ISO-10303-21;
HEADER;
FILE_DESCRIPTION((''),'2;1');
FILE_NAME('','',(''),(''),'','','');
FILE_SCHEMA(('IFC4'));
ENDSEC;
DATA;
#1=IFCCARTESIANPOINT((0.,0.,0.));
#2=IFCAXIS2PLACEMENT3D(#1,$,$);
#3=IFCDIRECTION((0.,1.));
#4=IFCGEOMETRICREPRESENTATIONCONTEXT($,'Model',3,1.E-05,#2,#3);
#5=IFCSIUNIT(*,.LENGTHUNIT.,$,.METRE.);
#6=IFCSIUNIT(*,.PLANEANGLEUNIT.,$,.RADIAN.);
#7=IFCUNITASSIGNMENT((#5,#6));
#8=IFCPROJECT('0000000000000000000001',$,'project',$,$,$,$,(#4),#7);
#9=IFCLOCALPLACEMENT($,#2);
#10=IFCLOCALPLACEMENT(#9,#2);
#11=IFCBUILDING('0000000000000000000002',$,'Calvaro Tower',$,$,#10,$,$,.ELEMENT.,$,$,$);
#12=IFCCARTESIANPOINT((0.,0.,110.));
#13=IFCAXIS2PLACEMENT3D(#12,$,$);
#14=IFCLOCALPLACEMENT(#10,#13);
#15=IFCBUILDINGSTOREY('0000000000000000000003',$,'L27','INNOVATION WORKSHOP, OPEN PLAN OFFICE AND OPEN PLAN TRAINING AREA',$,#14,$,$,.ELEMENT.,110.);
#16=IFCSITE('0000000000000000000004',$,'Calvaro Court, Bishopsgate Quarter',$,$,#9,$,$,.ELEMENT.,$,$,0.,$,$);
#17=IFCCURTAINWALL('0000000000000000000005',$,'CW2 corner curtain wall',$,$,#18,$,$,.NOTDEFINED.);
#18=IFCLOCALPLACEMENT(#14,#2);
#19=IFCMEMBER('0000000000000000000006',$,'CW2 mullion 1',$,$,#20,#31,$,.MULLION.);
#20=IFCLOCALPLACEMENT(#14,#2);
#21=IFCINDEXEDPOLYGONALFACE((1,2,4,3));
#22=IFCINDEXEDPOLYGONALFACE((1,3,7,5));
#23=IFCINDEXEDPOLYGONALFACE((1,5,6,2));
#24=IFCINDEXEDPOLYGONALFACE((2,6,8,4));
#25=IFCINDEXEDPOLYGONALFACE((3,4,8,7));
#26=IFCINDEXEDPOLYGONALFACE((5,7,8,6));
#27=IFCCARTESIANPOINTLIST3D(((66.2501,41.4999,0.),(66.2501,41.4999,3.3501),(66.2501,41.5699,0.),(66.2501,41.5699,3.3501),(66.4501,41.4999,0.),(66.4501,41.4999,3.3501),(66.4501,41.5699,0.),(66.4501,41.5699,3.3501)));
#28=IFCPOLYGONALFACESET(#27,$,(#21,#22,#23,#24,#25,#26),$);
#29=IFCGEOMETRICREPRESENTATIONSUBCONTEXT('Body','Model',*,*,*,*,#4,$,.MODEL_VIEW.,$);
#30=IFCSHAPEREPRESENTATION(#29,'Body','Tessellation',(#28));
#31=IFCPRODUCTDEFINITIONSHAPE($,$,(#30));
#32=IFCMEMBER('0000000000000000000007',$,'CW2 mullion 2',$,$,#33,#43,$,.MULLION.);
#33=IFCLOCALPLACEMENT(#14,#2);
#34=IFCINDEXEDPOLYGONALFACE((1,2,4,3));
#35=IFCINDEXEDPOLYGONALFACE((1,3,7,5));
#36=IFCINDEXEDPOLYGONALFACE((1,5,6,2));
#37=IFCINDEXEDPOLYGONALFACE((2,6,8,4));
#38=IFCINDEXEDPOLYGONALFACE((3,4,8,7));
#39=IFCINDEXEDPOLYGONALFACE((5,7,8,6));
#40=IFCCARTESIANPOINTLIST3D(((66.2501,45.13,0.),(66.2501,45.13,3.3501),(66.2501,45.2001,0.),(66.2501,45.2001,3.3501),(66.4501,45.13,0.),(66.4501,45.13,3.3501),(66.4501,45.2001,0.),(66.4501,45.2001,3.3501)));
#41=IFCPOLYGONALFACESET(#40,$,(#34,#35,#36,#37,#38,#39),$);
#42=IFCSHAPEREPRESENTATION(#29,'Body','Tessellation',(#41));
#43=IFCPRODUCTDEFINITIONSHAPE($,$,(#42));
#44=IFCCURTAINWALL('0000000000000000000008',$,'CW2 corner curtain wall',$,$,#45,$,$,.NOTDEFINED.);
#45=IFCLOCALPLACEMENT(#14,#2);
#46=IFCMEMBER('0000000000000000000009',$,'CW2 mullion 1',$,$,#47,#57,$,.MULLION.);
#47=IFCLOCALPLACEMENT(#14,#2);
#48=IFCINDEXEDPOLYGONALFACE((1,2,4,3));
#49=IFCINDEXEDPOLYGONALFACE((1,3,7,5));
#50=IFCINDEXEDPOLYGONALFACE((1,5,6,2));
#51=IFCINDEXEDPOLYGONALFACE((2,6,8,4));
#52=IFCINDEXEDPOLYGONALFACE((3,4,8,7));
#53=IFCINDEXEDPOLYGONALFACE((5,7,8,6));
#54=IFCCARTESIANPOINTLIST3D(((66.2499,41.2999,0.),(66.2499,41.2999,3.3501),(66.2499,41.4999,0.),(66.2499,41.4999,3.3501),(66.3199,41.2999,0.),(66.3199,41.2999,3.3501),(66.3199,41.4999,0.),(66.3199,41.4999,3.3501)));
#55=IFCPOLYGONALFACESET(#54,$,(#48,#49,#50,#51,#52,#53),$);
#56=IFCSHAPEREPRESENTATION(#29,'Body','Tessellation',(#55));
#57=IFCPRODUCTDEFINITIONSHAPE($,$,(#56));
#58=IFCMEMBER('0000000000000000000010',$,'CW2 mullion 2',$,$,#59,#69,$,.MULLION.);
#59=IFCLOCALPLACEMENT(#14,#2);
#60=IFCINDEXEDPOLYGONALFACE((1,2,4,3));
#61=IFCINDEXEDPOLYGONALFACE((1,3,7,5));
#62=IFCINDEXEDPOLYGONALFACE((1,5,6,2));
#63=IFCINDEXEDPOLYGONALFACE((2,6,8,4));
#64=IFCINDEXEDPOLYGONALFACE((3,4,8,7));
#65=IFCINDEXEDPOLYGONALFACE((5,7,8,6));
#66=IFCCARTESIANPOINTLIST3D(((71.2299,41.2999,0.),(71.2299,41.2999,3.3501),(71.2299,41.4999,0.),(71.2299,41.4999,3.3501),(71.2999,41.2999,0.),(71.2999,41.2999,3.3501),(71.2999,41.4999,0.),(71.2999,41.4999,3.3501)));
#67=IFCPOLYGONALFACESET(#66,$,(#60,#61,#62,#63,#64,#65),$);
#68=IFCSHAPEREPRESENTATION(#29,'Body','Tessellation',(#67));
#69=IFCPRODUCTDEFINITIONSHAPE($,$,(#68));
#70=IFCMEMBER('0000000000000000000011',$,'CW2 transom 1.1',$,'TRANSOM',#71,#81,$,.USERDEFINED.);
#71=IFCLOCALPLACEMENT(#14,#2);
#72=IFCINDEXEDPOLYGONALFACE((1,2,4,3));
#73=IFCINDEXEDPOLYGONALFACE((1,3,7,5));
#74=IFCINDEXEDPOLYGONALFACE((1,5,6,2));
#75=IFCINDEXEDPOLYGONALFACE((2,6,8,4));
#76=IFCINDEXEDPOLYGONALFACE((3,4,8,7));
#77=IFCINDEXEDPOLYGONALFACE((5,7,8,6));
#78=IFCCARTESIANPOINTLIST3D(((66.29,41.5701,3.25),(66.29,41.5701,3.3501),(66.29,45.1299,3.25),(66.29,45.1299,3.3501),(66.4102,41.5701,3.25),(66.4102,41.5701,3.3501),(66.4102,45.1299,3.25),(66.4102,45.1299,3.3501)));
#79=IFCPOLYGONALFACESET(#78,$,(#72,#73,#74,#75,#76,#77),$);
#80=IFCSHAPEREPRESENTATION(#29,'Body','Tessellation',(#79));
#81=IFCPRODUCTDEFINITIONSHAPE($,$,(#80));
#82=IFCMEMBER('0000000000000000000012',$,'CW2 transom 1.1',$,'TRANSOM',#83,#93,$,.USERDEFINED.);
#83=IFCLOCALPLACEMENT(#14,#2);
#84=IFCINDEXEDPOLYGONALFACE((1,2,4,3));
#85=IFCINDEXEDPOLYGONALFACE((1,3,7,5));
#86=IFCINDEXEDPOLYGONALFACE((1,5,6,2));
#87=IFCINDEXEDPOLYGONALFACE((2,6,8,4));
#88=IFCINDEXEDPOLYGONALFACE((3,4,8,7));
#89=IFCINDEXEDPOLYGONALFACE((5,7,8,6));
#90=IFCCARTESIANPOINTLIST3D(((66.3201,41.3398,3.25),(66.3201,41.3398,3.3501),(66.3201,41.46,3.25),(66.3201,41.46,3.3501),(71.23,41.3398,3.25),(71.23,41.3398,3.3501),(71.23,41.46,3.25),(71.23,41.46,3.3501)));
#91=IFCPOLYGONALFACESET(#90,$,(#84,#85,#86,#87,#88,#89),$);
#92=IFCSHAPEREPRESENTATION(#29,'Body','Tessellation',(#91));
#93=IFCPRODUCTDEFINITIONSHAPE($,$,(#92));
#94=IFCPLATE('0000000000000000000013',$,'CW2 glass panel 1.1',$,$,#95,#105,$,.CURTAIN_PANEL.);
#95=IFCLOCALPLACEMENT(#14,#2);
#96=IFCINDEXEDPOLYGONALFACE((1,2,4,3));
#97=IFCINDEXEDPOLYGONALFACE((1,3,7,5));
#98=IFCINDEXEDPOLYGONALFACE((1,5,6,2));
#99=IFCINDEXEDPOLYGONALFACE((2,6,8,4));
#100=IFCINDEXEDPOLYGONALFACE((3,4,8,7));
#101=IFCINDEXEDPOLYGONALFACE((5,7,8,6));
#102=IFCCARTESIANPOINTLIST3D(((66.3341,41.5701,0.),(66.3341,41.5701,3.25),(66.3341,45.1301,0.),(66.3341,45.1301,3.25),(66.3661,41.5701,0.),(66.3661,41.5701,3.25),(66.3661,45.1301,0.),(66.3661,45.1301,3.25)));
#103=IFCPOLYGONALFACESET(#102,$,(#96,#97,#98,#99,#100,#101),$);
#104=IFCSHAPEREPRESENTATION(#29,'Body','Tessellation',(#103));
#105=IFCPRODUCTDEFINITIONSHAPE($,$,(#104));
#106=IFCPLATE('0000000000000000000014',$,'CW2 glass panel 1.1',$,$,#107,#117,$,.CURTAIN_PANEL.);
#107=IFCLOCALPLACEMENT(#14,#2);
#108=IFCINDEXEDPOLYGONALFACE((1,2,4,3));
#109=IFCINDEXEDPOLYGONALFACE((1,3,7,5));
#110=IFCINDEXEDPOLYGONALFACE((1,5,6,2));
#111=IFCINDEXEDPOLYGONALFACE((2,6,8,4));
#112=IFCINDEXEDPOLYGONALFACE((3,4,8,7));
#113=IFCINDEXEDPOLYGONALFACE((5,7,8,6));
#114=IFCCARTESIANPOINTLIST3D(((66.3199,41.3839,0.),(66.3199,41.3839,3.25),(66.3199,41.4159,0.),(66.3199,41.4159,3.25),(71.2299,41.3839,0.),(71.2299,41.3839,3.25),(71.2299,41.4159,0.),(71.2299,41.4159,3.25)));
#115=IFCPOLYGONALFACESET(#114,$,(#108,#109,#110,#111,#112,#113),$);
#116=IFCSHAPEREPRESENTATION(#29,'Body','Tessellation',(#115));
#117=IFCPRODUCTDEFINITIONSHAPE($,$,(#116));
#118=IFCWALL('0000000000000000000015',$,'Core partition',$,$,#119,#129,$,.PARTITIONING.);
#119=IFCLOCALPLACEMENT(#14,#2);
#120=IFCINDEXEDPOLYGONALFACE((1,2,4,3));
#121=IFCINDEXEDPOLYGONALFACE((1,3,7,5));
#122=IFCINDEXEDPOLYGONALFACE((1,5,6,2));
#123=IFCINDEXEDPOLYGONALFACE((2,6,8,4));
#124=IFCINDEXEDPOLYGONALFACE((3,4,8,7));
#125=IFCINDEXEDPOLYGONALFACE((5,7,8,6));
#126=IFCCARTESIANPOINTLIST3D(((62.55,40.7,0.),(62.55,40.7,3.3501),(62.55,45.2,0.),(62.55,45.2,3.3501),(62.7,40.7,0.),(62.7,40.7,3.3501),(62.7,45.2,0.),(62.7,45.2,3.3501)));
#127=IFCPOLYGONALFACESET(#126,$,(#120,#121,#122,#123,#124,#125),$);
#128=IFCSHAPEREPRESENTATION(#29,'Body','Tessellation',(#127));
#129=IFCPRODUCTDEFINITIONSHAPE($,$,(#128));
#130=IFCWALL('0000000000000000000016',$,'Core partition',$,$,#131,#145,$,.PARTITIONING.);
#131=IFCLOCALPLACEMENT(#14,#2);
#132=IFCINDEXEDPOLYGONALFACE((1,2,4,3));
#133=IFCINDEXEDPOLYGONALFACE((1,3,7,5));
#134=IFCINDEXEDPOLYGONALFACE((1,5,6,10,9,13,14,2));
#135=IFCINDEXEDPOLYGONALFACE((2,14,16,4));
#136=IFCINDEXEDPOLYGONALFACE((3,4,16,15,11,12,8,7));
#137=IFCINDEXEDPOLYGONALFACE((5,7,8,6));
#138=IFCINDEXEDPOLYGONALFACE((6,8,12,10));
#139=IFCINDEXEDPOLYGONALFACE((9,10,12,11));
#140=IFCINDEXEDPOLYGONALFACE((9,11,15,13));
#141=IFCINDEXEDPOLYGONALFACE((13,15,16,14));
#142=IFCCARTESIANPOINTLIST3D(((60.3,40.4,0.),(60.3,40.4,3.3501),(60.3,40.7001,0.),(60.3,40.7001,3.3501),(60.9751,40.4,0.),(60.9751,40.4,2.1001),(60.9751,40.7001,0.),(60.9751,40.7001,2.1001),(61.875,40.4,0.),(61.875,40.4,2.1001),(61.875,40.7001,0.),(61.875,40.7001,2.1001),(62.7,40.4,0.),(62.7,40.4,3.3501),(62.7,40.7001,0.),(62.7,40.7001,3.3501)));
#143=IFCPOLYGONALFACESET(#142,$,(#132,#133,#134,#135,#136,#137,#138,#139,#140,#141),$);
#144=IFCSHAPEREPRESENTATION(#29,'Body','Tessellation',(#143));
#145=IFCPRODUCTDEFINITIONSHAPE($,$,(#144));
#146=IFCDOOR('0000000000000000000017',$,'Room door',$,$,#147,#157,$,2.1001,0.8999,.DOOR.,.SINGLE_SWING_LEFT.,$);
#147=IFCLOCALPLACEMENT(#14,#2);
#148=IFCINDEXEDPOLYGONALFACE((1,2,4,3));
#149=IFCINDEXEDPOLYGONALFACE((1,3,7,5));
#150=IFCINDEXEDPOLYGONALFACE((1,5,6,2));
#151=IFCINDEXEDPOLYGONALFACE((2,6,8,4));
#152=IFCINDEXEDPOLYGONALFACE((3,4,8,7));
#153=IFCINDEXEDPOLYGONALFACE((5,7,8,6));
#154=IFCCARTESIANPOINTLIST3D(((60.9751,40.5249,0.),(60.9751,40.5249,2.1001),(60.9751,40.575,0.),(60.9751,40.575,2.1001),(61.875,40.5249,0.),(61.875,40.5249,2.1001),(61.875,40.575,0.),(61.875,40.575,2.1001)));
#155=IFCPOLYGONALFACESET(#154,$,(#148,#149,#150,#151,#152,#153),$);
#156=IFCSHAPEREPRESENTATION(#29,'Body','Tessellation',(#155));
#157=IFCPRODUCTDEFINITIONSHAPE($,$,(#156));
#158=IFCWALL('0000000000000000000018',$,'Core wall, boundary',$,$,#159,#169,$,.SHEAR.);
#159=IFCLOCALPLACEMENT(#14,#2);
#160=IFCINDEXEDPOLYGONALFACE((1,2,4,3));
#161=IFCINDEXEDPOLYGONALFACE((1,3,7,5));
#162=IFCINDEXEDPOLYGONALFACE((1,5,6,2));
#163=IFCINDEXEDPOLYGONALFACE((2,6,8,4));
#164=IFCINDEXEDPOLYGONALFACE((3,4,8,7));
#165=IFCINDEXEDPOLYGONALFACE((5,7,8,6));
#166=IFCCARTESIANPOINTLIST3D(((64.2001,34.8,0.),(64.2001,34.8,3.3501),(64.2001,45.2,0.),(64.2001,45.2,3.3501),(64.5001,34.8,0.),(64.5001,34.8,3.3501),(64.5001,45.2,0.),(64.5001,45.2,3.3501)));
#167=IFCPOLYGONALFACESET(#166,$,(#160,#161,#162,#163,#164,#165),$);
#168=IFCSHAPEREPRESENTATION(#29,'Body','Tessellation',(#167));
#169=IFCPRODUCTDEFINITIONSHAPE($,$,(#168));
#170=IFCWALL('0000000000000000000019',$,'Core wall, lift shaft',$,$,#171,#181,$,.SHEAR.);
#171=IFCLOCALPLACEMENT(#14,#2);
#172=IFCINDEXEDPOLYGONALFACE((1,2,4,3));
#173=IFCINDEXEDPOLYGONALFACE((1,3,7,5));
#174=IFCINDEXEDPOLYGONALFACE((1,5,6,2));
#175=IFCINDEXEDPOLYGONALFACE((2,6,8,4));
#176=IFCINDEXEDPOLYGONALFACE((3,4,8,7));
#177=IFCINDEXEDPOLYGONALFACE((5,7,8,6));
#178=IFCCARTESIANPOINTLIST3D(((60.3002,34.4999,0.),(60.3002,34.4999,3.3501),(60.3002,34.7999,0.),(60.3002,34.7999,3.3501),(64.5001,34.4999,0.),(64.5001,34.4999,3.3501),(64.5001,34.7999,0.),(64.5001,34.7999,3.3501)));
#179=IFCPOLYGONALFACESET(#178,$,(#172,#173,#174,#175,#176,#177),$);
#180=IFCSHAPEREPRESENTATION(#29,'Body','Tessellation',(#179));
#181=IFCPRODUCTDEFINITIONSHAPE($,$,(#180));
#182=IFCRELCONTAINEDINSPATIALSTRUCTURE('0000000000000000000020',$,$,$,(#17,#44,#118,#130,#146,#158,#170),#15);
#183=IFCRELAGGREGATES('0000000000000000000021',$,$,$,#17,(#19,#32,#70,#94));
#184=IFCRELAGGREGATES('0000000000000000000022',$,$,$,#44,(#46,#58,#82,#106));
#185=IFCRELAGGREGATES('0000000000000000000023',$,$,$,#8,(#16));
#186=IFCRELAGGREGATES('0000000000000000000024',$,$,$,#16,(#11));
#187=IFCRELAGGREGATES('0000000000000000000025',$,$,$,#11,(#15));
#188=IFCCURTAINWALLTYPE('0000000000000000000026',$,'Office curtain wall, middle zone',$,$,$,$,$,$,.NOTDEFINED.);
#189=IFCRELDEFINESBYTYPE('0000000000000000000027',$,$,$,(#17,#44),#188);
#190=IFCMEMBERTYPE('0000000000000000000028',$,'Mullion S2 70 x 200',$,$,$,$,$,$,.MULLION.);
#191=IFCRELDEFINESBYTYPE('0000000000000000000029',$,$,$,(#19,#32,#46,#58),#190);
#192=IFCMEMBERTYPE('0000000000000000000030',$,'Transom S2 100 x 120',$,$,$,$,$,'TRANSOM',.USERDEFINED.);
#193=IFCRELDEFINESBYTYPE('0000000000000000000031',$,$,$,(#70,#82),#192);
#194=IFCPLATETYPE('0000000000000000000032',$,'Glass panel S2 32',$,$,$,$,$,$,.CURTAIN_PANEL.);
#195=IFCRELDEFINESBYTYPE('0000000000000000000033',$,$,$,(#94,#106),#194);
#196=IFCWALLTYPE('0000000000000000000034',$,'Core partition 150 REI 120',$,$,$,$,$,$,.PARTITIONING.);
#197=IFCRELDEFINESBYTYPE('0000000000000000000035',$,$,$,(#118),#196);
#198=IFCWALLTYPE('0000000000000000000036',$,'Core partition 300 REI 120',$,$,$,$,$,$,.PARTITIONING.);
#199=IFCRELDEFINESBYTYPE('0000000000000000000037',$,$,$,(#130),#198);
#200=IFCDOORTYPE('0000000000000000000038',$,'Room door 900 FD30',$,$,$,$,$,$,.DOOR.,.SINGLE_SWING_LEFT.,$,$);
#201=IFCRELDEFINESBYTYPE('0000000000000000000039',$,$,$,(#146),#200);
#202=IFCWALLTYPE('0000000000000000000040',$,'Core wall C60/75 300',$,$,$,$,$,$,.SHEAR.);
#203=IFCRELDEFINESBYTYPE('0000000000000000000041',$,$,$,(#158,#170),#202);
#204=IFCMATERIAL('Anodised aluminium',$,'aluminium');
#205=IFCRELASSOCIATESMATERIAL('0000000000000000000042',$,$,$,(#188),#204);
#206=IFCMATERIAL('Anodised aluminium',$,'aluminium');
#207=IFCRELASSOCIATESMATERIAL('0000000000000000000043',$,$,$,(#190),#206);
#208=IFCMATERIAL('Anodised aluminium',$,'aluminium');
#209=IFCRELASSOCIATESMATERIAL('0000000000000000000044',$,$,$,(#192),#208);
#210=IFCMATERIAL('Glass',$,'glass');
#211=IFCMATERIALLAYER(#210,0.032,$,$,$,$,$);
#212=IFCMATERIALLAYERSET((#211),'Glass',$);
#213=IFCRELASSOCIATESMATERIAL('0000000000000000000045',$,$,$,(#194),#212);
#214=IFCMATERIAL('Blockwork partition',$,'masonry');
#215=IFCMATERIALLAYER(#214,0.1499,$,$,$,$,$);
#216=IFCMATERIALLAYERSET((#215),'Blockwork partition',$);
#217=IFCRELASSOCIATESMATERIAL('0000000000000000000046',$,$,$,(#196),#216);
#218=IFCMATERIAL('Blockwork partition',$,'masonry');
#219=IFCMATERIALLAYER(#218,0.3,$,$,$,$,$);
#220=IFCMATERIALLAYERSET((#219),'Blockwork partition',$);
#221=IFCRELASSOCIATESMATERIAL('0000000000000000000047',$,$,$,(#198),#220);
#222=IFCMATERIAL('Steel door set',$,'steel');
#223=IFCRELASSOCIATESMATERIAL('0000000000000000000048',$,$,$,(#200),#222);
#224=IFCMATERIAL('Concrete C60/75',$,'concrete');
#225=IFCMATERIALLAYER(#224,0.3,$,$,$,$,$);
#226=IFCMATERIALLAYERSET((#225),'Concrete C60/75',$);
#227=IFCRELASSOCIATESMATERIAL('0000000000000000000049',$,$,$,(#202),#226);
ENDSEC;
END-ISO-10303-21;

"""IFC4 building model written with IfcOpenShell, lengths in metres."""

from ifc_helpers import new_model, si_unit, direction, frame, frame_2d, origin, origin_2d, place, context, subcontext, project, spatial, rectangle, extrude, material, layer, layer_set, material_profile, profile_set, type_object, element, fill, aggregate, save


model = new_model("IFC4")

# Units and contexts
model_context = context("Model", 3, precision=1e-05, world=origin(), true_north=direction((0.0, 1.0)))
body_context = subcontext(model_context, "Body", "Model", "MODEL_VIEW")
ifc_project = project(units=[si_unit("LENGTHUNIT", "METRE"), si_unit("PLANEANGLEUNIT", "RADIAN")], contexts=[model_context])

# Site, building, storey
site_placement = place(None, origin())
site = spatial("IfcSite", under=ifc_project, at=site_placement, Name="Calvaro Court, Bishopsgate Quarter", CompositionType="ELEMENT", RefElevation=0.0)
building_placement = place(site_placement, origin())
building = spatial("IfcBuilding", under=site, at=building_placement, Name="Calvaro Tower", CompositionType="ELEMENT")
storey_placement = place(building_placement, frame((0.0, 0.0, 110.0)))
storey = spatial("IfcBuildingStorey", under=building, at=storey_placement, Name="L27", Description="INNOVATION WORKSHOP, OPEN PLAN OFFICE AND OPEN PLAN TRAINING AREA", CompositionType="ELEMENT", Elevation=110.0)

# Curtain walls, members
ifc_material_1 = material(Name="Anodised aluminium", Category="aluminium")
curtain_wall_type = type_object("IfcCurtainWallType", Name="Office curtain wall, middle zone", PredefinedType="NOTDEFINED", material=ifc_material_1)
curtain_wall_1_placement = place(storey_placement, origin())
curtain_wall_1 = element("IfcCurtainWall", 1, at=curtain_wall_1_placement, inside=storey, type_object=curtain_wall_type, Name="CW2 corner curtain wall", PredefinedType="NOTDEFINED")
ifc_material_2 = material(Name="Anodised aluminium", Category="aluminium")
ifc_material_profile_1 = material_profile(ifc_material_2, rectangle(XDim=0.2, YDim=0.0701, at=origin_2d()), Name="Mullion S2 70 x 200")
ifc_profile_set_1 = profile_set([ifc_material_profile_1], Name="Anodised aluminium")
member_type_1 = type_object("IfcMemberType", Name="Mullion S2 70 x 200", PredefinedType="MULLION", material=ifc_profile_set_1)
member_1_placement = place(storey_placement, frame((66.3501, 41.5349, 0.0), z_axis=(0.0, 0.0, 1.0), x_axis=(-1.0, 0.0, 0.0)))
member_1 = element("IfcMember", 2, at=member_1_placement, type_object=member_type_1, Name="CW2 mullion 1", PredefinedType="MULLION", context=body_context, shape_type="SweptSolid", body=[
    extrude(rectangle(XDim=0.2, YDim=0.0701, at=origin_2d()), origin(), (0.0, 0.0, 1.0), 3.3501),
])
member_2_placement = place(storey_placement, frame((66.3501, 45.165, 0.0), z_axis=(0.0, 0.0, 1.0), x_axis=(-1.0, 0.0, 0.0)))
member_2 = element("IfcMember", 3, at=member_2_placement, type_object=member_type_1, Name="CW2 mullion 2", PredefinedType="MULLION", context=body_context, shape_type="SweptSolid", body=[
    extrude(rectangle(XDim=0.2, YDim=0.0701, at=origin_2d()), origin(), (0.0, 0.0, 1.0), 3.3501),
])
curtain_wall_2_placement = place(storey_placement, origin())
curtain_wall_2 = element("IfcCurtainWall", 4, at=curtain_wall_2_placement, inside=storey, type_object=curtain_wall_type, Name="CW2 corner curtain wall", PredefinedType="NOTDEFINED")
member_3_placement = place(storey_placement, frame((66.2849, 41.3999, 0.0), z_axis=(0.0, 0.0, 1.0), x_axis=(0.0, 1.0, 0.0)))
member_3 = element("IfcMember", 5, at=member_3_placement, type_object=member_type_1, Name="CW2 mullion 1", PredefinedType="MULLION", context=body_context, shape_type="SweptSolid", body=[
    extrude(rectangle(XDim=0.2, YDim=0.0701, at=origin_2d()), origin(), (0.0, 0.0, 1.0), 3.3501),
])
member_4_placement = place(storey_placement, frame((71.2649, 41.3999, 0.0), z_axis=(0.0, 0.0, 1.0), x_axis=(0.0, 1.0, 0.0)))
member_4 = element("IfcMember", 6, at=member_4_placement, type_object=member_type_1, Name="CW2 mullion 2", PredefinedType="MULLION", context=body_context, shape_type="SweptSolid", body=[
    extrude(rectangle(XDim=0.2, YDim=0.0701, at=origin_2d()), origin(), (0.0, 0.0, 1.0), 3.3501),
])

# Members
ifc_material_3 = material(Name="Anodised aluminium", Category="aluminium")
ifc_material_profile_2 = material_profile(ifc_material_3, rectangle(XDim=0.1201, YDim=0.1001, at=origin_2d()), Name="Transom S2 100 x 120")
ifc_profile_set_2 = profile_set([ifc_material_profile_2], Name="Anodised aluminium")
member_type_2 = type_object("IfcMemberType", Name="Transom S2 100 x 120", ElementType="TRANSOM", PredefinedType="USERDEFINED", material=ifc_profile_set_2)
member_5_placement = place(storey_placement, frame((66.3501, 41.5701, 3.3), z_axis=(0.0, 1.0, 0.0), x_axis=(-1.0, 0.0, 0.0)))
member_5 = element("IfcMember", 7, at=member_5_placement, type_object=member_type_2, Name="CW2 transom 1.1", ObjectType="TRANSOM", PredefinedType="USERDEFINED", context=body_context, shape_type="SweptSolid", body=[
    extrude(rectangle(XDim=0.1201, YDim=0.1001, at=origin_2d()), origin(), (0.0, 0.0, 1.0), 3.5598),
])
member_6_placement = place(storey_placement, frame((66.3201, 41.3999, 3.3), z_axis=(1.0, 0.0, 0.0), x_axis=(0.0, 1.0, 0.0)))
member_6 = element("IfcMember", 8, at=member_6_placement, type_object=member_type_2, Name="CW2 transom 1.1", ObjectType="TRANSOM", PredefinedType="USERDEFINED", context=body_context, shape_type="SweptSolid", body=[
    extrude(rectangle(XDim=0.1201, YDim=0.1001, at=origin_2d()), origin(), (0.0, 0.0, 1.0), 4.9099),
])

# Plates
ifc_material_4 = material(Name="Glass", Category="glass")
ifc_layer_1 = layer(ifc_material_4, 0.032)
ifc_layer_set_1 = layer_set([ifc_layer_1], Name="Glass")
plate_type = type_object("IfcPlateType", Name="Glass panel S2 32", PredefinedType="CURTAIN_PANEL", material=ifc_layer_set_1)
plate_1_placement = place(storey_placement, frame((66.3501, 43.3501, 0.0), z_axis=(0.0, 0.0, 1.0), x_axis=(0.0, 1.0, 0.0)))
plate_1 = element("IfcPlate", 9, at=plate_1_placement, type_object=plate_type, Name="CW2 glass panel 1.1", PredefinedType="CURTAIN_PANEL", context=body_context, shape_type="SweptSolid", body=[
    extrude(rectangle(XDim=3.5601, YDim=0.032, at=origin_2d()), origin(), (0.0, 0.0, 1.0), 3.25),
])
aggregate(curtain_wall_1, [member_1, member_2, member_5, plate_1])
plate_2_placement = place(storey_placement, frame((68.7749, 41.3999, 0.0), z_axis=(0.0, 0.0, 1.0), x_axis=(1.0, 0.0, 0.0)))
plate_2 = element("IfcPlate", 10, at=plate_2_placement, type_object=plate_type, Name="CW2 glass panel 1.1", PredefinedType="CURTAIN_PANEL", context=body_context, shape_type="SweptSolid", body=[
    extrude(rectangle(XDim=4.9099, YDim=0.032, at=origin_2d()), origin(), (0.0, 0.0, 1.0), 3.25),
])
aggregate(curtain_wall_2, [member_3, member_4, member_6, plate_2])

# Wall
ifc_material_5 = material(Name="Blockwork partition", Category="masonry")
ifc_layer_2 = layer(ifc_material_5, 0.1499)
ifc_layer_set_2 = layer_set([ifc_layer_2], Name="Blockwork partition")
wall_type_1 = type_object("IfcWallType", Name="Core partition 150 REI 120", PredefinedType="PARTITIONING", material=ifc_layer_set_2)
wall_1_placement = place(storey_placement, frame((62.625, 40.7, 0.0), z_axis=(0.0, 0.0, 1.0), x_axis=(0.0, 1.0, 0.0)))
element("IfcWall", 11, at=wall_1_placement, inside=storey, type_object=wall_type_1, Name="Core partition", PredefinedType="PARTITIONING", context=body_context, shape_type="SweptSolid", body=[
    extrude(rectangle(XDim=4.5, YDim=0.1499, at=frame_2d((2.25, 0.0))), origin(), (0.0, 0.0, 1.0), 3.3501),
])

# Wall, opening, door
ifc_material_6 = material(Name="Blockwork partition", Category="masonry")
ifc_layer_3 = layer(ifc_material_6, 0.3)
ifc_layer_set_3 = layer_set([ifc_layer_3], Name="Blockwork partition")
wall_type_2 = type_object("IfcWallType", Name="Core partition 300 REI 120", PredefinedType="PARTITIONING", material=ifc_layer_set_3)
wall_2_placement = place(storey_placement, frame((60.3, 40.55, 0.0), z_axis=(0.0, 0.0, 1.0), x_axis=(1.0, 0.0, 0.0)))
wall_2 = element("IfcWall", 12, at=wall_2_placement, inside=storey, type_object=wall_type_2, Name="Core partition", PredefinedType="PARTITIONING", context=body_context, shape_type="SweptSolid", body=[
    extrude(rectangle(XDim=2.3999, YDim=0.3, at=frame_2d((1.2, 0.0))), origin(), (0.0, 0.0, 1.0), 3.3501),
])
opening_1_placement = place(wall_2_placement, frame((0.675, 0.0, 0.0)))
opening_1 = element("IfcOpeningElement", 13, at=opening_1_placement, cuts=wall_2, PredefinedType="OPENING", context=body_context, shape_type="SweptSolid", body=[
    extrude(rectangle(XDim=0.8999, YDim=2.1001, at=frame_2d((0.45, 1.05))), frame((0.0, 0.1599, 0.0), z_axis=(0.0, -1.0, 0.0), x_axis=(1.0, 0.0, 0.0)), (0.0, 0.0, 1.0), 0.3201),
])
ifc_material_7 = material(Name="Steel door set", Category="steel")
door_type_1 = type_object("IfcDoorType", Name="Room door 900 FD30", OperationType="SINGLE_SWING_LEFT", PredefinedType="DOOR", material=ifc_material_7)
door_1_placement = place(opening_1_placement, origin())
door_1 = element("IfcDoor", 14, at=door_1_placement, inside=storey, type_object=door_type_1, Name="Room door", OperationType="SINGLE_SWING_LEFT", OverallHeight=2.1001, OverallWidth=0.8999, PredefinedType="DOOR", context=body_context, shape_type="SweptSolid", body=[
    extrude(rectangle(XDim=0.8999, YDim=2.1001, at=frame_2d((0.45, 1.05))), frame((0.0, 0.0249, 0.0), z_axis=(0.0, -1.0, 0.0), x_axis=(1.0, 0.0, 0.0)), (0.0, 0.0, 1.0), 0.05),
])
fill(opening_1, door_1)

# Walls
ifc_material_8 = material(Name="Concrete C60/75", Category="concrete")
ifc_layer_4 = layer(ifc_material_8, 0.3)
ifc_layer_set_4 = layer_set([ifc_layer_4], Name="Concrete C60/75")
wall_type_3 = type_object("IfcWallType", Name="Core wall C60/75 300", PredefinedType="SHEAR", material=ifc_layer_set_4)
wall_3_placement = place(storey_placement, frame((64.3501, 34.8, 0.0), z_axis=(0.0, 0.0, 1.0), x_axis=(0.0, 1.0, 0.0)))
element("IfcWall", 15, at=wall_3_placement, inside=storey, type_object=wall_type_3, Name="Core wall, boundary", PredefinedType="SHEAR", context=body_context, shape_type="SweptSolid", body=[
    extrude(rectangle(XDim=10.3999, YDim=0.3, at=frame_2d((5.2, 0.0))), origin(), (0.0, 0.0, 1.0), 3.3501),
])
wall_4_placement = place(storey_placement, frame((60.3, 34.6499, 0.0), z_axis=(0.0, 0.0, 1.0), x_axis=(1.0, 0.0, 0.0)))
element("IfcWall", 16, at=wall_4_placement, inside=storey, type_object=wall_type_3, Name="Core wall, lift shaft", PredefinedType="SHEAR", context=body_context, shape_type="SweptSolid", body=[
    extrude(rectangle(XDim=4.2, YDim=0.3, at=frame_2d((2.1001, 0.0))), origin(), (0.0, 0.0, 1.0), 3.3501),
])

save(model, "model.ifc")
